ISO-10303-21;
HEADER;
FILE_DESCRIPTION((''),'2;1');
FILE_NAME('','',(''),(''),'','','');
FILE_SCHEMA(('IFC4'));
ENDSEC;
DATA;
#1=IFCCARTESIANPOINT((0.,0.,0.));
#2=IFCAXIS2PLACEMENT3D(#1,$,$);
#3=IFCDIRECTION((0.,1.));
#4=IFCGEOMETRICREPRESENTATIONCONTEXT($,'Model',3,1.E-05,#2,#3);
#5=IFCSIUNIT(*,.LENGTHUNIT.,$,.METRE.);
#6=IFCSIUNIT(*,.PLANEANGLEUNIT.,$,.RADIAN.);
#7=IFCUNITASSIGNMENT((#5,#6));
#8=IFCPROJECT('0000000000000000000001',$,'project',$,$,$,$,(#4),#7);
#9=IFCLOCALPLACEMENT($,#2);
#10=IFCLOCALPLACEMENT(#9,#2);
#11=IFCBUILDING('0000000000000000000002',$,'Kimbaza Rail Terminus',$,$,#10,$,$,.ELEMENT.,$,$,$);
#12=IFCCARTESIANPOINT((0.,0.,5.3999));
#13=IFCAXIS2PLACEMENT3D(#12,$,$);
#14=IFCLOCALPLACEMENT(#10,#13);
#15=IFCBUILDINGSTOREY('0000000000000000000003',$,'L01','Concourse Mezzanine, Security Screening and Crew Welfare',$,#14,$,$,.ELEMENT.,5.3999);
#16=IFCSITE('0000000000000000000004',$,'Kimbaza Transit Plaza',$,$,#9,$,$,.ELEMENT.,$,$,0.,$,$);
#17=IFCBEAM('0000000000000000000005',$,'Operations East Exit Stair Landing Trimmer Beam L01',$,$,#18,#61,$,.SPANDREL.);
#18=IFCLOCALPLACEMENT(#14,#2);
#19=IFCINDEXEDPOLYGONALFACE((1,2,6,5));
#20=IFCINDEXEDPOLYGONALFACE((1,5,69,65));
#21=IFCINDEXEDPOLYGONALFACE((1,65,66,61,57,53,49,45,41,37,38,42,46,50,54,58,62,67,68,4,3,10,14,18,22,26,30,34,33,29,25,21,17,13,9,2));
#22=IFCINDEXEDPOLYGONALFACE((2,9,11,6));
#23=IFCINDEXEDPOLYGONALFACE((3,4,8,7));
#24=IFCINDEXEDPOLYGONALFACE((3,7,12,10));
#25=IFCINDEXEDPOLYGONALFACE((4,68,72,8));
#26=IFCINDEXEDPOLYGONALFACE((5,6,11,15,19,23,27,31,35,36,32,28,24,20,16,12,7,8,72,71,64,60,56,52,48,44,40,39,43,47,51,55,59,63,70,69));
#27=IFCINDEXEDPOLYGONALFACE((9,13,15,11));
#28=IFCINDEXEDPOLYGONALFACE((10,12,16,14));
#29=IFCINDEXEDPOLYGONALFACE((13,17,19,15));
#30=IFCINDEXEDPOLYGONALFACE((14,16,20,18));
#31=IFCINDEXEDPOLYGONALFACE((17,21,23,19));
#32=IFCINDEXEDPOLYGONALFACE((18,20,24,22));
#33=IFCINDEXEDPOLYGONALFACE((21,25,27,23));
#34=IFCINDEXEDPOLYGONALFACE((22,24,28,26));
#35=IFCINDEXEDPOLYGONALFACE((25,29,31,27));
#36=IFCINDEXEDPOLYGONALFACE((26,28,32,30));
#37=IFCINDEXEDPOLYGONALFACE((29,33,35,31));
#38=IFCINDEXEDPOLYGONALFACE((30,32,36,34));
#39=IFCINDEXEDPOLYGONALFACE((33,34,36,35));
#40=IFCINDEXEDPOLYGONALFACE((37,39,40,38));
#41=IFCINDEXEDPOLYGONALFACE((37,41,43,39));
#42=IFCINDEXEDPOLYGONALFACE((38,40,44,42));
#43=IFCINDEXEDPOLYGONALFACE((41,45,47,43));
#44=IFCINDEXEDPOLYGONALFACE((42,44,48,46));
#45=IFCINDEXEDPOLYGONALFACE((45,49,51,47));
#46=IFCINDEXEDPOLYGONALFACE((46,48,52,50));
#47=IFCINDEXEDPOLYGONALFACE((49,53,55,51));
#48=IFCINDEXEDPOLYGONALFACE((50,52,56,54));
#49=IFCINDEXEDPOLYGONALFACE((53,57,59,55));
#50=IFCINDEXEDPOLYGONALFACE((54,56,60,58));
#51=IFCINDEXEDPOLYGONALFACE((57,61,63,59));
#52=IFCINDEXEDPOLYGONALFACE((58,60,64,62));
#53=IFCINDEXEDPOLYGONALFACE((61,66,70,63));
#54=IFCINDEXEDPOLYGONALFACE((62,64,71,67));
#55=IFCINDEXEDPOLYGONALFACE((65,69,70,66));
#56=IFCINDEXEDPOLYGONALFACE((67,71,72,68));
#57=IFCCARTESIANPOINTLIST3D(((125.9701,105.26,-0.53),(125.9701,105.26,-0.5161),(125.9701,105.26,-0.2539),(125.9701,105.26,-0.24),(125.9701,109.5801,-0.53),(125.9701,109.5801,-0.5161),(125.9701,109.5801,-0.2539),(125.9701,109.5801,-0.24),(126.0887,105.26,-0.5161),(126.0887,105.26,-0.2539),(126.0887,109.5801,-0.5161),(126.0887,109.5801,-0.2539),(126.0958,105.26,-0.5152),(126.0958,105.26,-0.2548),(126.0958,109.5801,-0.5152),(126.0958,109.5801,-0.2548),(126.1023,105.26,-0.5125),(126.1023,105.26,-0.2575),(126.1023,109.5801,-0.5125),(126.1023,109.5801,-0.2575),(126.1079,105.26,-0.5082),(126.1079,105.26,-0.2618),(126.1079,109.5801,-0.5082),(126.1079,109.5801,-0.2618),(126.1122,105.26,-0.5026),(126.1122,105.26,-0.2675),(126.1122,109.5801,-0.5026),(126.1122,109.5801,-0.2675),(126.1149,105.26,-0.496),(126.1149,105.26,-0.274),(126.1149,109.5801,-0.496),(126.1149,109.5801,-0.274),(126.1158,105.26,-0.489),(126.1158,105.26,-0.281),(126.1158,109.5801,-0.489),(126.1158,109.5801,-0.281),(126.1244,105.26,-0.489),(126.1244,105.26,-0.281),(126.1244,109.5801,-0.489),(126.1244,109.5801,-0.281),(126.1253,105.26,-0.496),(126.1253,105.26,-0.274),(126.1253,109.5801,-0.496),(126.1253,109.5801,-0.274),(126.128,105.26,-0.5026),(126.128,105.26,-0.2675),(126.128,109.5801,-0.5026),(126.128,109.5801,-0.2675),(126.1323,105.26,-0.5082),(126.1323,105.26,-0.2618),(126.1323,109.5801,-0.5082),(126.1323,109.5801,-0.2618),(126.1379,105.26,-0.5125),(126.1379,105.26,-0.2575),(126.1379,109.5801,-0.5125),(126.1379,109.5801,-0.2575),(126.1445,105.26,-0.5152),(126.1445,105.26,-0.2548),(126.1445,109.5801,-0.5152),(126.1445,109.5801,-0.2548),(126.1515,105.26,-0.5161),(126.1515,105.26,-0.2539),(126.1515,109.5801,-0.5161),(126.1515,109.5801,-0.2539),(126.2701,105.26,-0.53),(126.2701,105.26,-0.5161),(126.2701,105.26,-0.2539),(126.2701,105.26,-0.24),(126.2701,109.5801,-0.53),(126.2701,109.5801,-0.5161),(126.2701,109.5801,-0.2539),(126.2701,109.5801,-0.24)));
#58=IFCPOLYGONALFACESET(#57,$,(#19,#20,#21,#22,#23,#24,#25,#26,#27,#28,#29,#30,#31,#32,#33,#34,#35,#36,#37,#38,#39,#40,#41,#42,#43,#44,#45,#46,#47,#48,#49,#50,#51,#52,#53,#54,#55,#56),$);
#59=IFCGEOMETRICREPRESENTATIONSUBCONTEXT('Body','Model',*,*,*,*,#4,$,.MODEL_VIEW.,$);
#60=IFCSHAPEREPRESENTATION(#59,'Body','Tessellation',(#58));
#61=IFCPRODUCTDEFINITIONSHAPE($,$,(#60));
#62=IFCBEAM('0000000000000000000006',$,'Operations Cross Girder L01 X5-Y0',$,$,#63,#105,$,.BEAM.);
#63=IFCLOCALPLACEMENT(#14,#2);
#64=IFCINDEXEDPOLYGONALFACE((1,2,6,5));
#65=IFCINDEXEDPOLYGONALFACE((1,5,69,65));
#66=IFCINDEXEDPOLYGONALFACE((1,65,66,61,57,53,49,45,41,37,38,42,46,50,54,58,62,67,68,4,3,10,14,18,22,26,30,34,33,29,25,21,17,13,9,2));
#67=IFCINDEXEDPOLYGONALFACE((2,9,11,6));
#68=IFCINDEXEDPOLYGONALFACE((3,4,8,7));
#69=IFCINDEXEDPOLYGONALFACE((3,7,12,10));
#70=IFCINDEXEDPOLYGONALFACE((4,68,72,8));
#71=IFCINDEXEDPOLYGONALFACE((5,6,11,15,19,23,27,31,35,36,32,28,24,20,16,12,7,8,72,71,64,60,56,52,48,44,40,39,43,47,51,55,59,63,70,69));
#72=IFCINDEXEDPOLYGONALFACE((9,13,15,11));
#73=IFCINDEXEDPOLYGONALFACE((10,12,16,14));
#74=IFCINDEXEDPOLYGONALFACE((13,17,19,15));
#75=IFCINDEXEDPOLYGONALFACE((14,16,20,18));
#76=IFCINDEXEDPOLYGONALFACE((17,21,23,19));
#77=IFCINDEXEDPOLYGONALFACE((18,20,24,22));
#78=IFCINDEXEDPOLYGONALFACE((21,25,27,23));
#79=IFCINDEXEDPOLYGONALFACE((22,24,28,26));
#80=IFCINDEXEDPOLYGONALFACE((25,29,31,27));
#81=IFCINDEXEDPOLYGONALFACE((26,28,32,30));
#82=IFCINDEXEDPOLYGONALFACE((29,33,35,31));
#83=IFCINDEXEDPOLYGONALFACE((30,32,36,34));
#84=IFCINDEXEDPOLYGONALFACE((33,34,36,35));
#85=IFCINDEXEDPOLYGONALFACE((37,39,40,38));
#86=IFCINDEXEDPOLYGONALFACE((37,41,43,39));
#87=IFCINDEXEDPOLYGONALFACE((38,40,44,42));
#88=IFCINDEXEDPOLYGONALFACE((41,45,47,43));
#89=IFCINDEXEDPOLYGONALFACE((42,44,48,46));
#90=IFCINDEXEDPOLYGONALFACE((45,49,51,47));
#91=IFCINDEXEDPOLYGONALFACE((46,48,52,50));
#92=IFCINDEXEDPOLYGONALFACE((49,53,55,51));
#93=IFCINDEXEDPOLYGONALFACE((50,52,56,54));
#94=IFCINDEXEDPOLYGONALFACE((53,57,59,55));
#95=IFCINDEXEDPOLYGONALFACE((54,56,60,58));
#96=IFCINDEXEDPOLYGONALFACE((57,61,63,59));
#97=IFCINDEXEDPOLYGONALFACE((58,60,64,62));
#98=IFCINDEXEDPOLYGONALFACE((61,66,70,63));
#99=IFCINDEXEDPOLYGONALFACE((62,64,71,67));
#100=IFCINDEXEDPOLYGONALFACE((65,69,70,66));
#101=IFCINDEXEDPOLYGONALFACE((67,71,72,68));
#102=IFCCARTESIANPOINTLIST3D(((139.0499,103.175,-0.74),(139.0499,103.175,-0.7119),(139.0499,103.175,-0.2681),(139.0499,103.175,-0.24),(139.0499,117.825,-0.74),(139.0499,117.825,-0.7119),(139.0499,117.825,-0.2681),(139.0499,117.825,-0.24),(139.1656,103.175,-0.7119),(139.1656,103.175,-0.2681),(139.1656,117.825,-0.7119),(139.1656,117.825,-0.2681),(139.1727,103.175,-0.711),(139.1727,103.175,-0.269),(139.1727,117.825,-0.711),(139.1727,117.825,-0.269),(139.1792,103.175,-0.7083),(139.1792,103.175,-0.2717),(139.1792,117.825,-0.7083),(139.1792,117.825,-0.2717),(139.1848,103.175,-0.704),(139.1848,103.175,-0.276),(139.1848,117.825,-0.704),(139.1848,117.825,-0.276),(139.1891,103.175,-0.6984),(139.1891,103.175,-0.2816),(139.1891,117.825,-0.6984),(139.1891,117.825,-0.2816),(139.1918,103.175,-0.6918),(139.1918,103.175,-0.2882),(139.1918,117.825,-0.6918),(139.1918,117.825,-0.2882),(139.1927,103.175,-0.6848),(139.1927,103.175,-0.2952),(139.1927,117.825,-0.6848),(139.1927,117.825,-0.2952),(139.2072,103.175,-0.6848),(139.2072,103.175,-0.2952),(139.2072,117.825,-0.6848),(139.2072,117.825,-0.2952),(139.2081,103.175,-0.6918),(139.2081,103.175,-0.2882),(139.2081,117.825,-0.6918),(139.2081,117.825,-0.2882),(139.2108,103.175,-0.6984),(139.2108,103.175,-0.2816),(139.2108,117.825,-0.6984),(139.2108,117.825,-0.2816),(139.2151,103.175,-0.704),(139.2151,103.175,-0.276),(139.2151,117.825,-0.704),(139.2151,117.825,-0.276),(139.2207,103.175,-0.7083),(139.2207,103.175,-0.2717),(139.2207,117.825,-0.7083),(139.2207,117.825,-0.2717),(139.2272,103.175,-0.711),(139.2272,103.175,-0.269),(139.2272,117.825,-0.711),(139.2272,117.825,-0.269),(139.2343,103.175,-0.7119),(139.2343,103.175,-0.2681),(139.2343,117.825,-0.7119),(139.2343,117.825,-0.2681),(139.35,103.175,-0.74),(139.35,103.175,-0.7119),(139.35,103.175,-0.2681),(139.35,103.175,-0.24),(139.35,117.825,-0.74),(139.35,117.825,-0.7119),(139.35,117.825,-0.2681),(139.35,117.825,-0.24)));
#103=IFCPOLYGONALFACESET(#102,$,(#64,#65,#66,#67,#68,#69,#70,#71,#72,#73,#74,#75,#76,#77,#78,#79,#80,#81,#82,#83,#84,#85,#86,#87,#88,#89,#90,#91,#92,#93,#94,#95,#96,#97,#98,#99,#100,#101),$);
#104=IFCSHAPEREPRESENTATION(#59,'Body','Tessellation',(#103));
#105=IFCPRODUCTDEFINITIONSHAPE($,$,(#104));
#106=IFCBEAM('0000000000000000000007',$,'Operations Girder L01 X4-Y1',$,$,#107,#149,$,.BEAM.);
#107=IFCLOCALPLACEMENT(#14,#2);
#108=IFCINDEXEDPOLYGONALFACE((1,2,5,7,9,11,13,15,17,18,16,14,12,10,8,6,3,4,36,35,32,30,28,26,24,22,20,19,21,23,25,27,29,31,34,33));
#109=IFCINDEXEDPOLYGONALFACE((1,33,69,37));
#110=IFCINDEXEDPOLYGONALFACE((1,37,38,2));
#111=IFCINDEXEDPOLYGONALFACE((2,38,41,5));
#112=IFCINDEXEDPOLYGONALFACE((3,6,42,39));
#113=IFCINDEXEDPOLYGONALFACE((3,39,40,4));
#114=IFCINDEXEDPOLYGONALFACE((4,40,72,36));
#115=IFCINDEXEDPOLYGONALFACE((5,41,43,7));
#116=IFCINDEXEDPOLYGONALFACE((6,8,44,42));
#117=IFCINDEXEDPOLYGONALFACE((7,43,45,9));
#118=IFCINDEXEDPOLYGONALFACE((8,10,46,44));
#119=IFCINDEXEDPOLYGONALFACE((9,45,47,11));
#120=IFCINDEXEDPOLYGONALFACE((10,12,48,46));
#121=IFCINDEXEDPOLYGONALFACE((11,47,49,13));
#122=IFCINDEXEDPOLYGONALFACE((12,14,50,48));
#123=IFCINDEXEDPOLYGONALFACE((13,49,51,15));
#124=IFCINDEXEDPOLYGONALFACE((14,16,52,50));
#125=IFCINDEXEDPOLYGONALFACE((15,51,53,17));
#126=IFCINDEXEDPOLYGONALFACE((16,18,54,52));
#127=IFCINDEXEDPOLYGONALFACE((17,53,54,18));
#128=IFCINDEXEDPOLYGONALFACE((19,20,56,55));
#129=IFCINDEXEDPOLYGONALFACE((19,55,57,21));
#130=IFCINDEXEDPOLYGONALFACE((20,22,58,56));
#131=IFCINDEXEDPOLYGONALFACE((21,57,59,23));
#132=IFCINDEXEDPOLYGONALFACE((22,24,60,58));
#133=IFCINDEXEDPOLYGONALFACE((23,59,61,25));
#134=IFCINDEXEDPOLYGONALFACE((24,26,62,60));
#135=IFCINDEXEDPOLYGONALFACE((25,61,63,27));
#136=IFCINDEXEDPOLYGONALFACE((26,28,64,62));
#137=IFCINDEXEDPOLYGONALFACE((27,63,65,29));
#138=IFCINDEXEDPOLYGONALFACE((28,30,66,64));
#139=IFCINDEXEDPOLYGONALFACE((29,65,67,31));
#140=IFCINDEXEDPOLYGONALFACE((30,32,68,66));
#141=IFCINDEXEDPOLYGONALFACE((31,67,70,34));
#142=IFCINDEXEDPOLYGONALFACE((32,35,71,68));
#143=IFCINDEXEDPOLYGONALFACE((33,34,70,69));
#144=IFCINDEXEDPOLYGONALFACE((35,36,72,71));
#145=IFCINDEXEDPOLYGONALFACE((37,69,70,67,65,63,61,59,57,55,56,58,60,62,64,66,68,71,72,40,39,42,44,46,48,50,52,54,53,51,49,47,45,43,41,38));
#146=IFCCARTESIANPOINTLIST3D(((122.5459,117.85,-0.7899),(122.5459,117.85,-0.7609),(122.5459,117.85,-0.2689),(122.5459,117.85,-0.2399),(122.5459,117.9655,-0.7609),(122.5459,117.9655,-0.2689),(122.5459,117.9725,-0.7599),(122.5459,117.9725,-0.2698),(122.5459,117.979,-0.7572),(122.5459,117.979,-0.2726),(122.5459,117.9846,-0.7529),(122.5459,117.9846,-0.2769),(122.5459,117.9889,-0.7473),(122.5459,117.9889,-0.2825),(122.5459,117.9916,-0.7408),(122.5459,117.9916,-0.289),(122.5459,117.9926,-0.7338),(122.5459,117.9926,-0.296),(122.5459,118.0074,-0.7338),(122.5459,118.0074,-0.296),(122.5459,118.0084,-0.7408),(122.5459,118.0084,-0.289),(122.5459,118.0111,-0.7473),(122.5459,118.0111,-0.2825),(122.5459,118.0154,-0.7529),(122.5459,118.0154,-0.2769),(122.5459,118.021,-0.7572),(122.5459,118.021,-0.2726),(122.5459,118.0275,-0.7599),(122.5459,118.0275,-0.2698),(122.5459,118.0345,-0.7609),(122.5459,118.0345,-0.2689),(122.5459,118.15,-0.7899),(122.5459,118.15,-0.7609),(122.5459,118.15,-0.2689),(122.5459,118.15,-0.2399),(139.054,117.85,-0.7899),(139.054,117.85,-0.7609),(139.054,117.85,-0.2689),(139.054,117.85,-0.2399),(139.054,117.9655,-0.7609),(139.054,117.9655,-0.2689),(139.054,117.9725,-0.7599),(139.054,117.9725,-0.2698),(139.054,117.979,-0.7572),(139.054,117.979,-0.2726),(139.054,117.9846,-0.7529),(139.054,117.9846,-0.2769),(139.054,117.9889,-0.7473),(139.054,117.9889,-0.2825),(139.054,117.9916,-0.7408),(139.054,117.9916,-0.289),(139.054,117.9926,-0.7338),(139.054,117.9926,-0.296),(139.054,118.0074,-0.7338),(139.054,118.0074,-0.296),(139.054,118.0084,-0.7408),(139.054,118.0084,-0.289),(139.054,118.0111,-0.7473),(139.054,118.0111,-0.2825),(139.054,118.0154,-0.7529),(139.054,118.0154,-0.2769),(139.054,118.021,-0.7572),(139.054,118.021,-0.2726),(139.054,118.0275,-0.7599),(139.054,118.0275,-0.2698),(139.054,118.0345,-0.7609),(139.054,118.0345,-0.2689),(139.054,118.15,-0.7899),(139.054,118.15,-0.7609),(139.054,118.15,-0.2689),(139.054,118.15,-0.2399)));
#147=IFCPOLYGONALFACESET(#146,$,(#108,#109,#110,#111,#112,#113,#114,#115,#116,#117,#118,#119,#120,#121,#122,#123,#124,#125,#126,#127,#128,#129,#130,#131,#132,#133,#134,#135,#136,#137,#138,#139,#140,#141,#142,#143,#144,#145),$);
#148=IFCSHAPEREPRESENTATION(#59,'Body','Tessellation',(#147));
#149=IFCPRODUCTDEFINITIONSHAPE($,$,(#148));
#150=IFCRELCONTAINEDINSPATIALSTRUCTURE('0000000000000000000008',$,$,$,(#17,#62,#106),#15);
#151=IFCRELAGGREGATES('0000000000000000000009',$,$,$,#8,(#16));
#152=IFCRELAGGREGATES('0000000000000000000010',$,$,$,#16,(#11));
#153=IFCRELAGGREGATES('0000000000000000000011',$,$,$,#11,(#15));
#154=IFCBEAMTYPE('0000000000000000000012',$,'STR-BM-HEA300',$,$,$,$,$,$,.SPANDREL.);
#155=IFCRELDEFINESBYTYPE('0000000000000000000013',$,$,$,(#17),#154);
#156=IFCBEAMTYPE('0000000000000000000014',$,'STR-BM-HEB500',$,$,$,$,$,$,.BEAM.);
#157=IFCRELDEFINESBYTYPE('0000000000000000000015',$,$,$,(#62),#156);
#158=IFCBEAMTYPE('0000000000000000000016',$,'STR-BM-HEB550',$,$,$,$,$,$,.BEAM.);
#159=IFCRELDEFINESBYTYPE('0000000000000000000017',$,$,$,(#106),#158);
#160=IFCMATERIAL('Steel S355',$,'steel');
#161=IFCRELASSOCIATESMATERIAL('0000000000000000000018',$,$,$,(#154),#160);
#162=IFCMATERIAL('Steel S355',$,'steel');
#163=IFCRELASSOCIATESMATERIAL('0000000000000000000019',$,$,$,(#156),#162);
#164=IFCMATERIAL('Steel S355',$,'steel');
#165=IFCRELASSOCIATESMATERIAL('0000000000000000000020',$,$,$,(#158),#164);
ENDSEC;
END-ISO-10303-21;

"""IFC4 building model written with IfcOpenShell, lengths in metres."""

from ifc_helpers import new_model, si_unit, direction, frame, origin, origin_2d, place, context, subcontext, project, spatial, i_section, extrude, material, material_profile, profile_set, type_object, element, save


model = new_model("IFC4")

# Units and contexts
model_context = context("Model", 3, precision=1e-05, world=origin(), true_north=direction((0.0, 1.0)))
body_context = subcontext(model_context, "Body", "Model", "MODEL_VIEW")
ifc_project = project(units=[si_unit("LENGTHUNIT", "METRE"), si_unit("PLANEANGLEUNIT", "RADIAN")], contexts=[model_context])

# Site, building, storey
site_placement = place(None, origin())
site = spatial("IfcSite", under=ifc_project, at=site_placement, Name="Kimbaza Transit Plaza", CompositionType="ELEMENT", RefElevation=0.0)
building_placement = place(site_placement, origin())
building = spatial("IfcBuilding", under=site, at=building_placement, Name="Kimbaza Rail Terminus", CompositionType="ELEMENT")
storey_placement = place(building_placement, frame((0.0, 0.0, 5.3999)))
storey = spatial("IfcBuildingStorey", under=building, at=storey_placement, Name="L01", Description="Concourse Mezzanine, Security Screening and Crew Welfare", CompositionType="ELEMENT", Elevation=5.3999)

# Beams
ifc_material_1 = material(Name="Steel S355", Category="steel")
ifc_material_profile_1 = material_profile(ifc_material_1, i_section(OverallWidth=0.3, OverallDepth=0.29, WebThickness=0.0085, FlangeThickness=0.0139, FilletRadius=0.0271, at=origin_2d()), Name="HEA 300")
ifc_profile_set_1 = profile_set([ifc_material_profile_1], Name="Steel S355")
beam_type_1 = type_object("IfcBeamType", Name="STR-BM-HEA300", PredefinedType="SPANDREL", material=ifc_profile_set_1)
beam_1_placement = place(storey_placement, frame((126.1201, 105.26, -0.385), z_axis=(0.0, 1.0, 0.0), x_axis=(-1.0, 0.0, 0.0)))
element("IfcBeam", 1, at=beam_1_placement, inside=storey, type_object=beam_type_1, Name="Operations East Exit Stair Landing Trimmer Beam L01", PredefinedType="SPANDREL", context=body_context, shape_type="SweptSolid", body=[
    extrude(i_section(OverallWidth=0.3, OverallDepth=0.29, WebThickness=0.0085, FlangeThickness=0.0139, FilletRadius=0.0271, at=origin_2d()), origin(), (0.0, 0.0, 1.0), 4.3201),
])
ifc_material_2 = material(Name="Steel S355", Category="steel")
ifc_material_profile_2 = material_profile(ifc_material_2, i_section(OverallWidth=0.3, OverallDepth=0.5, WebThickness=0.0144, FlangeThickness=0.0281, FilletRadius=0.0271, at=origin_2d()), Name="HEB 500")
ifc_profile_set_2 = profile_set([ifc_material_profile_2], Name="Steel S355")
beam_type_2 = type_object("IfcBeamType", Name="STR-BM-HEB500", PredefinedType="BEAM", material=ifc_profile_set_2)
beam_2_placement = place(storey_placement, frame((139.2, 103.175, -0.49), z_axis=(0.0, 1.0, 0.0), x_axis=(-1.0, 0.0, 0.0)))
element("IfcBeam", 2, at=beam_2_placement, inside=storey, type_object=beam_type_2, Name="Operations Cross Girder L01 X5-Y0", PredefinedType="BEAM", context=body_context, shape_type="SweptSolid", body=[
    extrude(i_section(OverallWidth=0.3, OverallDepth=0.5, WebThickness=0.0144, FlangeThickness=0.0281, FilletRadius=0.0271, at=origin_2d()), origin(), (0.0, 0.0, 1.0), 14.6499),
])
ifc_material_3 = material(Name="Steel S355", Category="steel")
ifc_material_profile_3 = material_profile(ifc_material_3, i_section(OverallWidth=0.3, OverallDepth=0.55, WebThickness=0.0149, FlangeThickness=0.0291, FilletRadius=0.0271, at=origin_2d()), Name="HEB 550")
ifc_profile_set_3 = profile_set([ifc_material_profile_3], Name="Steel S355")
beam_type_3 = type_object("IfcBeamType", Name="STR-BM-HEB550", PredefinedType="BEAM", material=ifc_profile_set_3)
beam_3_placement = place(storey_placement, frame((122.5459, 118.0, -0.5149), z_axis=(1.0, 0.0, 0.0), x_axis=(0.0, 1.0, 0.0)))
element("IfcBeam", 3, at=beam_3_placement, inside=storey, type_object=beam_type_3, Name="Operations Girder L01 X4-Y1", PredefinedType="BEAM", context=body_context, shape_type="SweptSolid", body=[
    extrude(i_section(OverallWidth=0.3, OverallDepth=0.55, WebThickness=0.0149, FlangeThickness=0.0291, FilletRadius=0.0271, at=origin_2d()), origin(), (0.0, 0.0, 1.0), 16.5081),
])

save(model, "model.ifc")
